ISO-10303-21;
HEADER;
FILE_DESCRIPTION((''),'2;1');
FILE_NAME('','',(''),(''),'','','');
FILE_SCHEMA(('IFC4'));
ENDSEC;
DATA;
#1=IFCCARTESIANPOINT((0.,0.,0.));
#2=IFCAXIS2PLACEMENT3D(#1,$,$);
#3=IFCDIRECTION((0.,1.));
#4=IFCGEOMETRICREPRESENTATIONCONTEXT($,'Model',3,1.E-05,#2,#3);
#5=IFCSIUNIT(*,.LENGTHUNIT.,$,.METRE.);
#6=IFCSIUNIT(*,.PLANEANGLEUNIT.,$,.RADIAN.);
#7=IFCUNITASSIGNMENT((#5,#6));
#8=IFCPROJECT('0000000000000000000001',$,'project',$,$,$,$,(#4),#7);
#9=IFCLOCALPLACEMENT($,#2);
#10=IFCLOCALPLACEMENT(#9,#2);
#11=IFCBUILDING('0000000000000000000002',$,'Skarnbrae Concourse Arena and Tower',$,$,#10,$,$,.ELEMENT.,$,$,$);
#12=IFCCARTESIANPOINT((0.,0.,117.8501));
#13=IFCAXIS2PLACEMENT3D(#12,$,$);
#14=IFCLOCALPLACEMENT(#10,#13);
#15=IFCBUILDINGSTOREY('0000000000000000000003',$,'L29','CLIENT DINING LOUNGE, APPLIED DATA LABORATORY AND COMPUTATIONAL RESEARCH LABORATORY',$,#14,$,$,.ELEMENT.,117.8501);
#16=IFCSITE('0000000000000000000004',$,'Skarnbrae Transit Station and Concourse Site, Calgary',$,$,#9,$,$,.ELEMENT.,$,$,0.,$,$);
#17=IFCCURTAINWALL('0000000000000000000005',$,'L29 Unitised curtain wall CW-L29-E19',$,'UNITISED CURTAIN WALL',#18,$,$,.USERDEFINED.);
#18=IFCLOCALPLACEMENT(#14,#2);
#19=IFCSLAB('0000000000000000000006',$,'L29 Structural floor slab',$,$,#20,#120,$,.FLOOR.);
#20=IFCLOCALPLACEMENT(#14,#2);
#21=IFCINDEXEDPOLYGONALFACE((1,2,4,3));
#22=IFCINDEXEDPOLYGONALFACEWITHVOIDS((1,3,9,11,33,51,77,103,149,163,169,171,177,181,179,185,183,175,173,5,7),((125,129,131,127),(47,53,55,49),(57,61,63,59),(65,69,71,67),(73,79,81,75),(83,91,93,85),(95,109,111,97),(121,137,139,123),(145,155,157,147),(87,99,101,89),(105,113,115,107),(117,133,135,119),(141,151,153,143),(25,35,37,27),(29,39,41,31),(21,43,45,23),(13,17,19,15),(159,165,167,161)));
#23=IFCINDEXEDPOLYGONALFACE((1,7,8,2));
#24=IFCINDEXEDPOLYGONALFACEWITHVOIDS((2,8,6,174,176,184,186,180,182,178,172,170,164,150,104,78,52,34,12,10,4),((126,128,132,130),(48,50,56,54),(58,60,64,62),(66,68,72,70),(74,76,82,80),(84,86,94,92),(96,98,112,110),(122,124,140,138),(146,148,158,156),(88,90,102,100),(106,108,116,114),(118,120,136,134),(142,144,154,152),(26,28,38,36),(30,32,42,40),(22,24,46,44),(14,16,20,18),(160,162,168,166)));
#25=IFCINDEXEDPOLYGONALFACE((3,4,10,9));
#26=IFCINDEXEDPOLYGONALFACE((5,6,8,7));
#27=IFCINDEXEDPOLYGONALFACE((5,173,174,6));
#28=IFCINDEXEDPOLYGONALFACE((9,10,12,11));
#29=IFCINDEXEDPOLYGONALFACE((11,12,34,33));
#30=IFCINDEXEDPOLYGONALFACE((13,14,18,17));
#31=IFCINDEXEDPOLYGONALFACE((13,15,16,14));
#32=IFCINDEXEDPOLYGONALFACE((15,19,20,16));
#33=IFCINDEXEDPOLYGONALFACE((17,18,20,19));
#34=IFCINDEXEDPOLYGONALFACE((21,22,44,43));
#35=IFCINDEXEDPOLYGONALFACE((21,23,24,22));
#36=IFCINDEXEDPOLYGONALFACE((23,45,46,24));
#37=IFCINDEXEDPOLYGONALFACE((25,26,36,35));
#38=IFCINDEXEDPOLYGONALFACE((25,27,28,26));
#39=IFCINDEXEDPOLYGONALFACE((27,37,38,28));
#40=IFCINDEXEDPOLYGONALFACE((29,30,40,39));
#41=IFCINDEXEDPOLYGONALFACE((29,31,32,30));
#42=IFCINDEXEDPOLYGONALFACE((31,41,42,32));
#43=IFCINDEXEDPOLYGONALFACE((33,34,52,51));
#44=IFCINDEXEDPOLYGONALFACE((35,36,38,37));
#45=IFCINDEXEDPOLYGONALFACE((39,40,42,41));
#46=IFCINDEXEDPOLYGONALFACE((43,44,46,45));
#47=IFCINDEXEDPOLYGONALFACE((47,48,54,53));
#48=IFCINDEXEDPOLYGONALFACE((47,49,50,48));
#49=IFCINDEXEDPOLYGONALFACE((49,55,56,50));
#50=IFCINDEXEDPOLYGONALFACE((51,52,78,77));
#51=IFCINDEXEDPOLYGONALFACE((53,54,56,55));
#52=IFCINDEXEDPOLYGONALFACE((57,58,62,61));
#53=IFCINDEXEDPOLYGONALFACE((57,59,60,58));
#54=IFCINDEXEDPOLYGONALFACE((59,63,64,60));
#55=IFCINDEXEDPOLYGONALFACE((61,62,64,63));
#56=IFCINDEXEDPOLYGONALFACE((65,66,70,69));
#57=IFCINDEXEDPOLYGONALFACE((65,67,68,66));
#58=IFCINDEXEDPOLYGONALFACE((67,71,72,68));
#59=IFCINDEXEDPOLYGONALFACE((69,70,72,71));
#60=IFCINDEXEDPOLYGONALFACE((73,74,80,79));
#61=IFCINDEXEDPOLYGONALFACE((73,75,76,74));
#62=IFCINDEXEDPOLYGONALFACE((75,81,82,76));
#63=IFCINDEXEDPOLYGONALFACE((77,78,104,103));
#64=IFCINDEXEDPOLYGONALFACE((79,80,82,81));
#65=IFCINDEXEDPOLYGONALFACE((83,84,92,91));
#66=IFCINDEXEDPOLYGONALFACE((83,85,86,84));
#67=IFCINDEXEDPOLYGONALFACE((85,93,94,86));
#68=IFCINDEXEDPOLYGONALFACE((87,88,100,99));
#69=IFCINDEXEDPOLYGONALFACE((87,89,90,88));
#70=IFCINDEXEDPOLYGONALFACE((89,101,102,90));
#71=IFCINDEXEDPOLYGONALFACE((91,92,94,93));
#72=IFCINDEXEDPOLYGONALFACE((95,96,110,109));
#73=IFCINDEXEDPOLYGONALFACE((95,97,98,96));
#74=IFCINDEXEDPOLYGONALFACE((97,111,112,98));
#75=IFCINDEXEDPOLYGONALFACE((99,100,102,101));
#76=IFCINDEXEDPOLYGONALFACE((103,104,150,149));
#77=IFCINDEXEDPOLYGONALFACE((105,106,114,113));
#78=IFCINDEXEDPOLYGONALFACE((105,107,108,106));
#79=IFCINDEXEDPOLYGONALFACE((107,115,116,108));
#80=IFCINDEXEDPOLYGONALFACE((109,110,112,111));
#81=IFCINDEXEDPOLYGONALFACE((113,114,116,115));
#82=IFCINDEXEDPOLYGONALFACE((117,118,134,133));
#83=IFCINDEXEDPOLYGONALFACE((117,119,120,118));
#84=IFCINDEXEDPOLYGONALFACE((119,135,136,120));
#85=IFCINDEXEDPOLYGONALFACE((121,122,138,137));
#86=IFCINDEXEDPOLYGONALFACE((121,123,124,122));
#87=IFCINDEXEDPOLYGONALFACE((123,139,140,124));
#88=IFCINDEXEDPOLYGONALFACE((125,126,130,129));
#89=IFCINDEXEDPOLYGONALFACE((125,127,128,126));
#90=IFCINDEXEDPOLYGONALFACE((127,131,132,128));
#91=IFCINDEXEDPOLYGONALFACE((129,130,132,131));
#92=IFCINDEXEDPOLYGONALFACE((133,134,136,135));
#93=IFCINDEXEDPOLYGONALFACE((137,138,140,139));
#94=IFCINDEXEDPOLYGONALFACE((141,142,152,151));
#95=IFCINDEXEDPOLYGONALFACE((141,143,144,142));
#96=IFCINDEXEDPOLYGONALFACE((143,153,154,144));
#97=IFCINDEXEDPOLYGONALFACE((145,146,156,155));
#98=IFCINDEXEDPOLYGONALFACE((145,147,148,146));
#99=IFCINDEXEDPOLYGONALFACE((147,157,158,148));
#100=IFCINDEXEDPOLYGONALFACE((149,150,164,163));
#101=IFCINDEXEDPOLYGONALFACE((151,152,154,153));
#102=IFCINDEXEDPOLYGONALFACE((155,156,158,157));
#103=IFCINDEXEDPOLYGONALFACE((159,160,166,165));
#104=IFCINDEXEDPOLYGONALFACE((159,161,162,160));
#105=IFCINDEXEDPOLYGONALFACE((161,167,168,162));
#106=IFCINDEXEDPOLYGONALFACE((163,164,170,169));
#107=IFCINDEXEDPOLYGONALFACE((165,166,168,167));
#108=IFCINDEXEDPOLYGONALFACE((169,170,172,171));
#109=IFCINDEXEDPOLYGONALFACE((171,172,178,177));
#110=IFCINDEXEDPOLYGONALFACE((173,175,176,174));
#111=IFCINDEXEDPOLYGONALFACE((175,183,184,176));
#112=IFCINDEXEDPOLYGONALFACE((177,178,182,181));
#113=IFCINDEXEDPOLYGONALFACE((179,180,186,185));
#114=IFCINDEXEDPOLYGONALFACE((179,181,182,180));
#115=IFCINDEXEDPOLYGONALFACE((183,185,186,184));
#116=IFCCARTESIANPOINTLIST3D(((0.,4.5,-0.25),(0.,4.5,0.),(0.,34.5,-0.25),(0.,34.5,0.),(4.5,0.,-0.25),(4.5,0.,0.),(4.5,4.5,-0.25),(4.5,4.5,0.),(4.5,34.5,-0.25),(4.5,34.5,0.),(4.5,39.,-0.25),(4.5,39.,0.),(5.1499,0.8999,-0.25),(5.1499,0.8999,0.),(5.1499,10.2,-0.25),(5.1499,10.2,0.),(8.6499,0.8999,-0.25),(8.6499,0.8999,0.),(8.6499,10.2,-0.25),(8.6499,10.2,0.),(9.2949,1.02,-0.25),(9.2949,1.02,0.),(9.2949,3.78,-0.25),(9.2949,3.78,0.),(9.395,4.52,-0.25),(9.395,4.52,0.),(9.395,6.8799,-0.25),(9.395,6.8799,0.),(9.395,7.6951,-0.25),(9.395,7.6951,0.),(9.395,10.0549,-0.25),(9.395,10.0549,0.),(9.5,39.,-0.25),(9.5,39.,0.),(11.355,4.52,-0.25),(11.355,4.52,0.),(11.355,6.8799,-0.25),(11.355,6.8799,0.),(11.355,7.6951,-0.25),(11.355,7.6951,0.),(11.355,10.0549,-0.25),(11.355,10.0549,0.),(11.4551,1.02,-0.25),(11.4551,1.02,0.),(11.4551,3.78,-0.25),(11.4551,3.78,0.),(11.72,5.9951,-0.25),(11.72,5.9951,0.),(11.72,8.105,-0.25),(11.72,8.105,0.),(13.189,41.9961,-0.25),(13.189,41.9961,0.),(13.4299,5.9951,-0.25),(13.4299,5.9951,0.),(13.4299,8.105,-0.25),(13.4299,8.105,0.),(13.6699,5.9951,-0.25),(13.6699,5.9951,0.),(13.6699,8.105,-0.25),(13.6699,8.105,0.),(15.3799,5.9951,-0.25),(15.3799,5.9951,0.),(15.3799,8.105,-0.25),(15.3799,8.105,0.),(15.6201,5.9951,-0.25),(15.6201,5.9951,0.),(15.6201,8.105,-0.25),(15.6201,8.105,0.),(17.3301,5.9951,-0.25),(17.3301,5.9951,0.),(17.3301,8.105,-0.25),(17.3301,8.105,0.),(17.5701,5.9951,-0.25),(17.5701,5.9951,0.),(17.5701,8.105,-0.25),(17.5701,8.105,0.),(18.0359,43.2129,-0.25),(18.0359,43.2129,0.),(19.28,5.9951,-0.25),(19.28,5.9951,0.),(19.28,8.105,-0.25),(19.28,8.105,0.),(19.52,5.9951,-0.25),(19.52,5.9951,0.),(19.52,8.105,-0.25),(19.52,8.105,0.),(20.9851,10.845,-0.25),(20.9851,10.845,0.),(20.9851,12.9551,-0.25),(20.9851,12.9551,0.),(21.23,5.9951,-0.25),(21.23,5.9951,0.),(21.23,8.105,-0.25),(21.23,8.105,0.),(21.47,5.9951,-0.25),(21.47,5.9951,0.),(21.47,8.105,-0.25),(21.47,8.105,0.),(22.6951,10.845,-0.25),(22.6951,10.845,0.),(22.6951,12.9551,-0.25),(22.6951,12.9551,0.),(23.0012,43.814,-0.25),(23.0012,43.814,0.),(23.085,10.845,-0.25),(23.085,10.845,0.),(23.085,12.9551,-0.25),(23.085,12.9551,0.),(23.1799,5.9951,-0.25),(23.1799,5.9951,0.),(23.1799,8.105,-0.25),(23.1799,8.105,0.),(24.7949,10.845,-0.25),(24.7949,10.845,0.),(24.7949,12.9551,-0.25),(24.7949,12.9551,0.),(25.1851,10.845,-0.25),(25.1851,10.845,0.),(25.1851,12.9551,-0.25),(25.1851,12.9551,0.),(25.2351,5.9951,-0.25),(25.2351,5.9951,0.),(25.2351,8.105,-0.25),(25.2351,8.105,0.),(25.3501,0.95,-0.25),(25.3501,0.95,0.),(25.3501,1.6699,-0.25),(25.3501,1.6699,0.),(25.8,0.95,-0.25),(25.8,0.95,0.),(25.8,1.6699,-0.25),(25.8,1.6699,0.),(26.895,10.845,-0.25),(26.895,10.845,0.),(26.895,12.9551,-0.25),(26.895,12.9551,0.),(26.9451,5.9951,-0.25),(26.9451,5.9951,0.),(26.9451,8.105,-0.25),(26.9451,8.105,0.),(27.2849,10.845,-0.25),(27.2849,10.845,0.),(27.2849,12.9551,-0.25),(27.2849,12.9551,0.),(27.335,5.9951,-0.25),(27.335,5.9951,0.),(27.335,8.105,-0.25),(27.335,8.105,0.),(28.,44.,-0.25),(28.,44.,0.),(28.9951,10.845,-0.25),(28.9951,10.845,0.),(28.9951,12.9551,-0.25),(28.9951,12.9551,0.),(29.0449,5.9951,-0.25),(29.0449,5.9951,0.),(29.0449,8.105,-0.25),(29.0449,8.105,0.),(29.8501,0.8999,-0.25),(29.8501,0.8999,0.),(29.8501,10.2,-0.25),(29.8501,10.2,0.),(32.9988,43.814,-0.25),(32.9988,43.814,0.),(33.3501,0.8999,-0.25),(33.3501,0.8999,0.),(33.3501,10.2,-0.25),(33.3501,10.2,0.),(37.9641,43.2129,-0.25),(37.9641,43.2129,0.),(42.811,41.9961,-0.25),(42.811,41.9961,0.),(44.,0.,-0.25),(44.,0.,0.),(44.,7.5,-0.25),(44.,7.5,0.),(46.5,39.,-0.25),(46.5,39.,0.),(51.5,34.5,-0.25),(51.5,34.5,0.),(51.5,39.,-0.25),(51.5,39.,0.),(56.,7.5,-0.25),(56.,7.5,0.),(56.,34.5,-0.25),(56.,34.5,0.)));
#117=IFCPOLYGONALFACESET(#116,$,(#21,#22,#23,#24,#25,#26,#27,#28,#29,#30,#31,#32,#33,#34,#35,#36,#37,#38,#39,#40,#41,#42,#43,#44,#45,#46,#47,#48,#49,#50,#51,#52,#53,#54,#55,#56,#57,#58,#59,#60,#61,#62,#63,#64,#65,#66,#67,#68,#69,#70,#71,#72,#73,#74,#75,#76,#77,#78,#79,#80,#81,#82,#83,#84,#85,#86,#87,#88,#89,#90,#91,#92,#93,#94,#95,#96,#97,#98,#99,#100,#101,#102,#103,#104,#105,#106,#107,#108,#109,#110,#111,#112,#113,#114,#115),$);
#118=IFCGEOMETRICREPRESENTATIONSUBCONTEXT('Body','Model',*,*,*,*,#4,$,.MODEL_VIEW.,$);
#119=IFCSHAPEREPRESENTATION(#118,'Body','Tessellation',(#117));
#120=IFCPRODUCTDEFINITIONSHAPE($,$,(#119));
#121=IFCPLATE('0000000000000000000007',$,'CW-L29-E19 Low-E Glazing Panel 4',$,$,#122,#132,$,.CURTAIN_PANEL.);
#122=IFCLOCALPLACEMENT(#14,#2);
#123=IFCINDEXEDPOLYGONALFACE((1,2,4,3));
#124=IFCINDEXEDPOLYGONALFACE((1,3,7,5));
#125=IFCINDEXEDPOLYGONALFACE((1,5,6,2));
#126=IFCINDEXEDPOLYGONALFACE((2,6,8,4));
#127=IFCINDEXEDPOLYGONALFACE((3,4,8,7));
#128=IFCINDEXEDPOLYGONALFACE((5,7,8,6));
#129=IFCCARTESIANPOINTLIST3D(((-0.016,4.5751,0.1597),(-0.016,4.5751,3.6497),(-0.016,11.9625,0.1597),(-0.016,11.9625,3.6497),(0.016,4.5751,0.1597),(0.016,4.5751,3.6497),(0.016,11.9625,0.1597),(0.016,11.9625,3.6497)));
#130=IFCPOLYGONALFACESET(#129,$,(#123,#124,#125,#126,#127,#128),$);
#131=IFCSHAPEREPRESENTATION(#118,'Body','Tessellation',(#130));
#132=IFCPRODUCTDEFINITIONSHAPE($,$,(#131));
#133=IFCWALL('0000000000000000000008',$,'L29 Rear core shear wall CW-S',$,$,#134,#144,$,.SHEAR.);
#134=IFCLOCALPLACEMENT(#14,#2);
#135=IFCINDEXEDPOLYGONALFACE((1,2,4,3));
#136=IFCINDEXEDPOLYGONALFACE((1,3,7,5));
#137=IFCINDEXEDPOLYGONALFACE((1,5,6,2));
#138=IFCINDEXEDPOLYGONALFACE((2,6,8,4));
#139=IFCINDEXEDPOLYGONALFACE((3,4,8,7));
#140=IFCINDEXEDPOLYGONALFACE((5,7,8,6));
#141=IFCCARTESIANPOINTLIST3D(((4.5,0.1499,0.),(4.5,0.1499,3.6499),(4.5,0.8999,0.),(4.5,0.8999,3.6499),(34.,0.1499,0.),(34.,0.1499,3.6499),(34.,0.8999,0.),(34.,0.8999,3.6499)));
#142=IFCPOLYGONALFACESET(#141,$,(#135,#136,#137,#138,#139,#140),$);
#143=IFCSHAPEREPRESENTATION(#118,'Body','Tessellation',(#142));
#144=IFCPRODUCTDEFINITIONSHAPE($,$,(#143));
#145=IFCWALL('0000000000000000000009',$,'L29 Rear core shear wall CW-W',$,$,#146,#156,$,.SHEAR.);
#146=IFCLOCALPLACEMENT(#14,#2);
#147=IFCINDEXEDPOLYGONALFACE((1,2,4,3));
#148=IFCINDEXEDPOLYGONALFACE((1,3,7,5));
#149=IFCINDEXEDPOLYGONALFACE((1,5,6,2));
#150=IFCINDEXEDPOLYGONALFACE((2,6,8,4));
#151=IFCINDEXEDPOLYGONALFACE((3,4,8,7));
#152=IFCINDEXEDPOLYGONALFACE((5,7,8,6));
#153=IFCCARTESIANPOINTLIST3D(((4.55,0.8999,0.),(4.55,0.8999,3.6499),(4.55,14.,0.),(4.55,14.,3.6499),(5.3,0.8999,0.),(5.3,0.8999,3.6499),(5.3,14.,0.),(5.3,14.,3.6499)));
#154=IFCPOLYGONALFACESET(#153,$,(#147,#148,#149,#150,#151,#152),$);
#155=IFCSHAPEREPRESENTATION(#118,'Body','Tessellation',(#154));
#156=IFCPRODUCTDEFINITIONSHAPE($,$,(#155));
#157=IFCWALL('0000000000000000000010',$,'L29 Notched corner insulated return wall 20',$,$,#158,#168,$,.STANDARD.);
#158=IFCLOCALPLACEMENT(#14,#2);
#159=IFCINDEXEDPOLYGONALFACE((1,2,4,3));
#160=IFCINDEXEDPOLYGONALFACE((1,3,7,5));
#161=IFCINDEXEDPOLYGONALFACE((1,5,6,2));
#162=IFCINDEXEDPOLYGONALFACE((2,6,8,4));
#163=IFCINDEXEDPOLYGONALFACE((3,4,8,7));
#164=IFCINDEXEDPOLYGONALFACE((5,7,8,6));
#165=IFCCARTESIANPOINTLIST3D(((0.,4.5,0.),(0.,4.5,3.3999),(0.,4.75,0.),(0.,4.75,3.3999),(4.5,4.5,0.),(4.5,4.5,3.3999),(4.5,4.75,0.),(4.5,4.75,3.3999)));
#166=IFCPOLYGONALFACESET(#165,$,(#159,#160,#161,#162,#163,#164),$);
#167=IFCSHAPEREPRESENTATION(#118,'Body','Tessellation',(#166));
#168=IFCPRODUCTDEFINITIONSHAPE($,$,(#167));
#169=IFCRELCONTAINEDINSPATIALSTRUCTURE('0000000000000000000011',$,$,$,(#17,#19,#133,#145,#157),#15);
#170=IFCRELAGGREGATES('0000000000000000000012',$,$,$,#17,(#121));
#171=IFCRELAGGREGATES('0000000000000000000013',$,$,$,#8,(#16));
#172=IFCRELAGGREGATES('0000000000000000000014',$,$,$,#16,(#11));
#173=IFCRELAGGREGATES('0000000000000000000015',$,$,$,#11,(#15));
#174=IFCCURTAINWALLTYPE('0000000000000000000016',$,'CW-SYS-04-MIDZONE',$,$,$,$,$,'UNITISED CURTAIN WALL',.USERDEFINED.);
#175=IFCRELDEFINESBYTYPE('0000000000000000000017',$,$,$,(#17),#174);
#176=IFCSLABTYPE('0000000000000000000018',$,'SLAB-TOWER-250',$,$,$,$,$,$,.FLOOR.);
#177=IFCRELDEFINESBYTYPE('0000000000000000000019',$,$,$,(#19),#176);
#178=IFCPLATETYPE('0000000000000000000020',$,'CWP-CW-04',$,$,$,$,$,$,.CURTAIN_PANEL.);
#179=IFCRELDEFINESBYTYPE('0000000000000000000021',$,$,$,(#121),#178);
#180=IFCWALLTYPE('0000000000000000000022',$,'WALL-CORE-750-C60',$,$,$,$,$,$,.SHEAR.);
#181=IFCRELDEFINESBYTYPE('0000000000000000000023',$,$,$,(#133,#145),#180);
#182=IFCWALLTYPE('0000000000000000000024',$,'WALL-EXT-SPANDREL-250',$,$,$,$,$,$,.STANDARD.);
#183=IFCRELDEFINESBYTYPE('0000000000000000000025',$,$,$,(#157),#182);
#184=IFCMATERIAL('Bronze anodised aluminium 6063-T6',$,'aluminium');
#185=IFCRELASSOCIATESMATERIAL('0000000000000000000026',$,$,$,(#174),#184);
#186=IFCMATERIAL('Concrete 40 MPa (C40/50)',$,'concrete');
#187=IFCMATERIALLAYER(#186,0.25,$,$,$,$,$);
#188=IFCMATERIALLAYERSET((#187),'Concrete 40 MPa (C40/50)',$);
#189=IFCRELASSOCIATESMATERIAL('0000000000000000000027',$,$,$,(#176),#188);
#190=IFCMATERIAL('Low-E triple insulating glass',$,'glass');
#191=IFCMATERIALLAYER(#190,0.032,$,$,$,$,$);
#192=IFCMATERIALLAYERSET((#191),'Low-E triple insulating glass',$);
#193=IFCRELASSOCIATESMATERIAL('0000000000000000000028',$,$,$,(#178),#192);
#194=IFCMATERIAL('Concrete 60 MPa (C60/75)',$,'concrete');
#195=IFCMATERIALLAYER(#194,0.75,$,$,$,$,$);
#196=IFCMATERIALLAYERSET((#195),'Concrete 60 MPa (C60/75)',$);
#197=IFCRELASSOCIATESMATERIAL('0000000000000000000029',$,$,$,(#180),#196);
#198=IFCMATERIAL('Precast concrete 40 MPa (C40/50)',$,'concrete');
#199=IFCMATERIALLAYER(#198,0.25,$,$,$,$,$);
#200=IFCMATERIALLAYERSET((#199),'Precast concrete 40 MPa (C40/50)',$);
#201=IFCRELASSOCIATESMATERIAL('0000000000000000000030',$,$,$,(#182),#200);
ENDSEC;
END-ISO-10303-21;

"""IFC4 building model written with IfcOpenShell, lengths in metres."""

from ifc_helpers import new_model, si_unit, direction, frame, frame_2d, origin, origin_2d, place, context, subcontext, project, spatial, polyline, rectangle, outline, extrude, source, transform, mapped, material, layer, layer_set, type_object, element, aggregate, save


model = new_model("IFC4")

# Units and contexts
model_context = context("Model", 3, precision=1e-05, world=origin(), true_north=direction((0.0, 1.0)))
body_context = subcontext(model_context, "Body", "Model", "MODEL_VIEW")
ifc_project = project(units=[si_unit("LENGTHUNIT", "METRE"), si_unit("PLANEANGLEUNIT", "RADIAN")], contexts=[model_context])

# Site, building, storey
site_placement = place(None, origin())
site = spatial("IfcSite", under=ifc_project, at=site_placement, Name="Skarnbrae Transit Station and Concourse Site, Calgary", CompositionType="ELEMENT", RefElevation=0.0)
building_placement = place(site_placement, origin())
building = spatial("IfcBuilding", under=site, at=building_placement, Name="Skarnbrae Concourse Arena and Tower", CompositionType="ELEMENT")
storey_placement = place(building_placement, frame((0.0, 0.0, 117.8501)))
storey = spatial("IfcBuildingStorey", under=building, at=storey_placement, Name="L29", Description="CLIENT DINING LOUNGE, APPLIED DATA LABORATORY AND COMPUTATIONAL RESEARCH LABORATORY", CompositionType="ELEMENT", Elevation=117.8501)

# Curtain wall
ifc_material_1 = material(Name="Bronze anodised aluminium 6063-T6", Category="aluminium")
curtain_wall_type = type_object("IfcCurtainWallType", Name="CW-SYS-04-MIDZONE", ElementType="UNITISED CURTAIN WALL", PredefinedType="USERDEFINED", material=ifc_material_1)
curtain_wall_placement = place(storey_placement, origin())
curtain_wall = element("IfcCurtainWall", 1, at=curtain_wall_placement, inside=storey, type_object=curtain_wall_type, Name="L29 Unitised curtain wall CW-L29-E19", ObjectType="UNITISED CURTAIN WALL", PredefinedType="USERDEFINED")

# Shared definitions
ifc_material_2 = material(Name="Concrete 40 MPa (C40/50)", Category="concrete")

# Slab
ifc_layer_1 = layer(ifc_material_2, 0.25)
ifc_layer_set_1 = layer_set([ifc_layer_1], Name="Concrete 40 MPa (C40/50)")
slab_type_1 = type_object("IfcSlabType", Name="SLAB-TOWER-250", PredefinedType="FLOOR", material=ifc_layer_set_1)
slab_1_placement = place(storey_placement, frame((0.0, 0.0, -0.25)))
element("IfcSlab", 2, at=slab_1_placement, inside=storey, type_object=slab_type_1, Name="L29 Structural floor slab", PredefinedType="FLOOR", context=body_context, shape_type="SweptSolid", body=[
    extrude(outline(polyline([(4.5, 0.0), (44.0, 0.0), (44.0, 7.5), (56.0, 7.5), (56.0, 34.5), (51.5, 34.5), (51.5, 39.0), (46.5, 39.0), (42.811, 41.9961), (37.9641, 43.2129), (32.9988, 43.814), (28.0, 44.0), (23.0012, 43.814), (18.0359, 43.2129), (13.189, 41.9961), (9.5, 39.0), (4.5, 39.0), (4.5, 34.5), (0.0, 34.5), (0.0, 4.5), (4.5, 4.5), (4.5, 0.0)]), holes=[polyline([(9.2949, 3.78), (11.4551, 3.78), (11.4551, 1.02), (9.2949, 1.02), (9.2949, 3.78)]), polyline([(8.6499, 10.2), (8.6499, 0.8999), (5.1499, 0.8999), (5.1499, 10.2), (8.6499, 10.2)]), polyline([(9.395, 6.8799), (11.355, 6.8799), (11.355, 4.52), (9.395, 4.52), (9.395, 6.8799)]), polyline([(11.72, 8.105), (13.4299, 8.105), (13.4299, 5.9951), (11.72, 5.9951), (11.72, 8.105)]), polyline([(13.6699, 8.105), (15.3799, 8.105), (15.3799, 5.9951), (13.6699, 5.9951), (13.6699, 8.105)]), polyline([(15.6201, 8.105), (17.3301, 8.105), (17.3301, 5.9951), (15.6201, 5.9951), (15.6201, 8.105)]), polyline([(17.5701, 8.105), (19.28, 8.105), (19.28, 5.9951), (17.5701, 5.9951), (17.5701, 8.105)]), polyline([(21.23, 8.105), (21.23, 5.9951), (19.52, 5.9951), (19.52, 8.105), (21.23, 8.105)]), polyline([(11.355, 10.0549), (11.355, 7.6951), (9.395, 7.6951), (9.395, 10.0549), (11.355, 10.0549)]), polyline([(25.3501, 1.6699), (25.8, 1.6699), (25.8, 0.95), (25.3501, 0.95), (25.3501, 1.6699)]), polyline([(33.3501, 10.2), (33.3501, 0.8999), (29.8501, 0.8999), (29.8501, 10.2), (33.3501, 10.2)]), polyline([(21.47, 8.105), (23.1799, 8.105), (23.1799, 5.9951), (21.47, 5.9951), (21.47, 8.105)]), polyline([(25.2351, 8.105), (26.9451, 8.105), (26.9451, 5.9951), (25.2351, 5.9951), (25.2351, 8.105)]), polyline([(27.335, 8.105), (29.0449, 8.105), (29.0449, 5.9951), (27.335, 5.9951), (27.335, 8.105)]), polyline([(20.9851, 12.9551), (22.6951, 12.9551), (22.6951, 10.845), (20.9851, 10.845), (20.9851, 12.9551)]), polyline([(23.085, 12.9551), (24.7949, 12.9551), (24.7949, 10.845), (23.085, 10.845), (23.085, 12.9551)]), polyline([(26.895, 12.9551), (26.895, 10.845), (25.1851, 10.845), (25.1851, 12.9551), (26.895, 12.9551)]), polyline([(28.9951, 12.9551), (28.9951, 10.845), (27.2849, 10.845), (27.2849, 12.9551), (28.9951, 12.9551)])]), origin(), (0.0, 0.0, 1.0), 0.25),
])

# Plate
ifc_material_3 = material(Name="Low-E triple insulating glass", Category="glass")
ifc_layer_2 = layer(ifc_material_3, 0.032)
ifc_layer_set_2 = layer_set([ifc_layer_2], Name="Low-E triple insulating glass")
plate_type = type_object("IfcPlateType", Name="CWP-CW-04", PredefinedType="CURTAIN_PANEL", material=ifc_layer_set_2)
shared_shape_1 = source(origin(), body_context, "Body", "SweptSolid", [
    extrude(rectangle(XDim=7.3875, YDim=0.032, at=origin_2d()), origin(), (0.0, 0.0, 1.0), 3.49),
])
plate_placement = place(storey_placement, frame((0.0, 8.2688, 0.1597), z_axis=(0.0, 0.0, 1.0), x_axis=(0.0, -1.0, 0.0)))
plate = element("IfcPlate", 3, at=plate_placement, type_object=plate_type, Name="CW-L29-E19 Low-E Glazing Panel 4", PredefinedType="CURTAIN_PANEL", context=body_context, shape_type="MappedRepresentation", body=[
    mapped(shared_shape_1, transform((0.0, 0.0, 0.0))),
])
aggregate(curtain_wall, [plate])

# Walls
ifc_material_4 = material(Name="Concrete 60 MPa (C60/75)", Category="concrete")
ifc_layer_3 = layer(ifc_material_4, 0.75)
ifc_layer_set_3 = layer_set([ifc_layer_3], Name="Concrete 60 MPa (C60/75)")
wall_type_1 = type_object("IfcWallType", Name="WALL-CORE-750-C60", PredefinedType="SHEAR", material=ifc_layer_set_3)
shared_shape_2 = source(origin(), body_context, "Body", "SweptSolid", [
    extrude(rectangle(XDim=29.5, YDim=0.75, at=frame_2d((14.75, 0.0))), origin(), (0.0, 0.0, 1.0), 3.6499),
])
wall_1_placement = place(storey_placement, frame((4.5, 0.5249, 0.0), z_axis=(0.0, 0.0, 1.0), x_axis=(1.0, 0.0, 0.0)))
element("IfcWall", 4, at=wall_1_placement, inside=storey, type_object=wall_type_1, Name="L29 Rear core shear wall CW-S", PredefinedType="SHEAR", context=body_context, shape_type="MappedRepresentation", body=[
    mapped(shared_shape_2, transform((0.0, 0.0, 0.0))),
])
shared_shape_3 = source(origin(), body_context, "Body", "SweptSolid", [
    extrude(rectangle(XDim=13.1001, YDim=0.75, at=frame_2d((6.55, 0.0))), origin(), (0.0, 0.0, 1.0), 3.6499),
])
wall_2_placement = place(storey_placement, frame((4.925, 0.8999, 0.0), z_axis=(0.0, 0.0, 1.0), x_axis=(0.0, 1.0, 0.0)))
element("IfcWall", 5, at=wall_2_placement, inside=storey, type_object=wall_type_1, Name="L29 Rear core shear wall CW-W", PredefinedType="SHEAR", context=body_context, shape_type="MappedRepresentation", body=[
    mapped(shared_shape_3, transform((0.0, 0.0, 0.0))),
])
ifc_material_5 = material(Name="Precast concrete 40 MPa (C40/50)", Category="concrete")
ifc_layer_4 = layer(ifc_material_5, 0.25)
ifc_layer_set_4 = layer_set([ifc_layer_4], Name="Precast concrete 40 MPa (C40/50)")
wall_type_2 = type_object("IfcWallType", Name="WALL-EXT-SPANDREL-250", PredefinedType="STANDARD", material=ifc_layer_set_4)
shared_shape_4 = source(origin(), body_context, "Body", "SweptSolid", [
    extrude(rectangle(XDim=4.5, YDim=0.25, at=frame_2d((2.25, 0.0))), origin(), (0.0, 0.0, 1.0), 3.3999),
])
wall_3_placement = place(storey_placement, frame((0.0, 4.625, 0.0), z_axis=(0.0, 0.0, 1.0), x_axis=(1.0, 0.0, 0.0)))
element("IfcWall", 6, at=wall_3_placement, inside=storey, type_object=wall_type_2, Name="L29 Notched corner insulated return wall 20", PredefinedType="STANDARD", context=body_context, shape_type="MappedRepresentation", body=[
    mapped(shared_shape_4, transform((0.0, 0.0, 0.0))),
])

save(model, "model.ifc")
